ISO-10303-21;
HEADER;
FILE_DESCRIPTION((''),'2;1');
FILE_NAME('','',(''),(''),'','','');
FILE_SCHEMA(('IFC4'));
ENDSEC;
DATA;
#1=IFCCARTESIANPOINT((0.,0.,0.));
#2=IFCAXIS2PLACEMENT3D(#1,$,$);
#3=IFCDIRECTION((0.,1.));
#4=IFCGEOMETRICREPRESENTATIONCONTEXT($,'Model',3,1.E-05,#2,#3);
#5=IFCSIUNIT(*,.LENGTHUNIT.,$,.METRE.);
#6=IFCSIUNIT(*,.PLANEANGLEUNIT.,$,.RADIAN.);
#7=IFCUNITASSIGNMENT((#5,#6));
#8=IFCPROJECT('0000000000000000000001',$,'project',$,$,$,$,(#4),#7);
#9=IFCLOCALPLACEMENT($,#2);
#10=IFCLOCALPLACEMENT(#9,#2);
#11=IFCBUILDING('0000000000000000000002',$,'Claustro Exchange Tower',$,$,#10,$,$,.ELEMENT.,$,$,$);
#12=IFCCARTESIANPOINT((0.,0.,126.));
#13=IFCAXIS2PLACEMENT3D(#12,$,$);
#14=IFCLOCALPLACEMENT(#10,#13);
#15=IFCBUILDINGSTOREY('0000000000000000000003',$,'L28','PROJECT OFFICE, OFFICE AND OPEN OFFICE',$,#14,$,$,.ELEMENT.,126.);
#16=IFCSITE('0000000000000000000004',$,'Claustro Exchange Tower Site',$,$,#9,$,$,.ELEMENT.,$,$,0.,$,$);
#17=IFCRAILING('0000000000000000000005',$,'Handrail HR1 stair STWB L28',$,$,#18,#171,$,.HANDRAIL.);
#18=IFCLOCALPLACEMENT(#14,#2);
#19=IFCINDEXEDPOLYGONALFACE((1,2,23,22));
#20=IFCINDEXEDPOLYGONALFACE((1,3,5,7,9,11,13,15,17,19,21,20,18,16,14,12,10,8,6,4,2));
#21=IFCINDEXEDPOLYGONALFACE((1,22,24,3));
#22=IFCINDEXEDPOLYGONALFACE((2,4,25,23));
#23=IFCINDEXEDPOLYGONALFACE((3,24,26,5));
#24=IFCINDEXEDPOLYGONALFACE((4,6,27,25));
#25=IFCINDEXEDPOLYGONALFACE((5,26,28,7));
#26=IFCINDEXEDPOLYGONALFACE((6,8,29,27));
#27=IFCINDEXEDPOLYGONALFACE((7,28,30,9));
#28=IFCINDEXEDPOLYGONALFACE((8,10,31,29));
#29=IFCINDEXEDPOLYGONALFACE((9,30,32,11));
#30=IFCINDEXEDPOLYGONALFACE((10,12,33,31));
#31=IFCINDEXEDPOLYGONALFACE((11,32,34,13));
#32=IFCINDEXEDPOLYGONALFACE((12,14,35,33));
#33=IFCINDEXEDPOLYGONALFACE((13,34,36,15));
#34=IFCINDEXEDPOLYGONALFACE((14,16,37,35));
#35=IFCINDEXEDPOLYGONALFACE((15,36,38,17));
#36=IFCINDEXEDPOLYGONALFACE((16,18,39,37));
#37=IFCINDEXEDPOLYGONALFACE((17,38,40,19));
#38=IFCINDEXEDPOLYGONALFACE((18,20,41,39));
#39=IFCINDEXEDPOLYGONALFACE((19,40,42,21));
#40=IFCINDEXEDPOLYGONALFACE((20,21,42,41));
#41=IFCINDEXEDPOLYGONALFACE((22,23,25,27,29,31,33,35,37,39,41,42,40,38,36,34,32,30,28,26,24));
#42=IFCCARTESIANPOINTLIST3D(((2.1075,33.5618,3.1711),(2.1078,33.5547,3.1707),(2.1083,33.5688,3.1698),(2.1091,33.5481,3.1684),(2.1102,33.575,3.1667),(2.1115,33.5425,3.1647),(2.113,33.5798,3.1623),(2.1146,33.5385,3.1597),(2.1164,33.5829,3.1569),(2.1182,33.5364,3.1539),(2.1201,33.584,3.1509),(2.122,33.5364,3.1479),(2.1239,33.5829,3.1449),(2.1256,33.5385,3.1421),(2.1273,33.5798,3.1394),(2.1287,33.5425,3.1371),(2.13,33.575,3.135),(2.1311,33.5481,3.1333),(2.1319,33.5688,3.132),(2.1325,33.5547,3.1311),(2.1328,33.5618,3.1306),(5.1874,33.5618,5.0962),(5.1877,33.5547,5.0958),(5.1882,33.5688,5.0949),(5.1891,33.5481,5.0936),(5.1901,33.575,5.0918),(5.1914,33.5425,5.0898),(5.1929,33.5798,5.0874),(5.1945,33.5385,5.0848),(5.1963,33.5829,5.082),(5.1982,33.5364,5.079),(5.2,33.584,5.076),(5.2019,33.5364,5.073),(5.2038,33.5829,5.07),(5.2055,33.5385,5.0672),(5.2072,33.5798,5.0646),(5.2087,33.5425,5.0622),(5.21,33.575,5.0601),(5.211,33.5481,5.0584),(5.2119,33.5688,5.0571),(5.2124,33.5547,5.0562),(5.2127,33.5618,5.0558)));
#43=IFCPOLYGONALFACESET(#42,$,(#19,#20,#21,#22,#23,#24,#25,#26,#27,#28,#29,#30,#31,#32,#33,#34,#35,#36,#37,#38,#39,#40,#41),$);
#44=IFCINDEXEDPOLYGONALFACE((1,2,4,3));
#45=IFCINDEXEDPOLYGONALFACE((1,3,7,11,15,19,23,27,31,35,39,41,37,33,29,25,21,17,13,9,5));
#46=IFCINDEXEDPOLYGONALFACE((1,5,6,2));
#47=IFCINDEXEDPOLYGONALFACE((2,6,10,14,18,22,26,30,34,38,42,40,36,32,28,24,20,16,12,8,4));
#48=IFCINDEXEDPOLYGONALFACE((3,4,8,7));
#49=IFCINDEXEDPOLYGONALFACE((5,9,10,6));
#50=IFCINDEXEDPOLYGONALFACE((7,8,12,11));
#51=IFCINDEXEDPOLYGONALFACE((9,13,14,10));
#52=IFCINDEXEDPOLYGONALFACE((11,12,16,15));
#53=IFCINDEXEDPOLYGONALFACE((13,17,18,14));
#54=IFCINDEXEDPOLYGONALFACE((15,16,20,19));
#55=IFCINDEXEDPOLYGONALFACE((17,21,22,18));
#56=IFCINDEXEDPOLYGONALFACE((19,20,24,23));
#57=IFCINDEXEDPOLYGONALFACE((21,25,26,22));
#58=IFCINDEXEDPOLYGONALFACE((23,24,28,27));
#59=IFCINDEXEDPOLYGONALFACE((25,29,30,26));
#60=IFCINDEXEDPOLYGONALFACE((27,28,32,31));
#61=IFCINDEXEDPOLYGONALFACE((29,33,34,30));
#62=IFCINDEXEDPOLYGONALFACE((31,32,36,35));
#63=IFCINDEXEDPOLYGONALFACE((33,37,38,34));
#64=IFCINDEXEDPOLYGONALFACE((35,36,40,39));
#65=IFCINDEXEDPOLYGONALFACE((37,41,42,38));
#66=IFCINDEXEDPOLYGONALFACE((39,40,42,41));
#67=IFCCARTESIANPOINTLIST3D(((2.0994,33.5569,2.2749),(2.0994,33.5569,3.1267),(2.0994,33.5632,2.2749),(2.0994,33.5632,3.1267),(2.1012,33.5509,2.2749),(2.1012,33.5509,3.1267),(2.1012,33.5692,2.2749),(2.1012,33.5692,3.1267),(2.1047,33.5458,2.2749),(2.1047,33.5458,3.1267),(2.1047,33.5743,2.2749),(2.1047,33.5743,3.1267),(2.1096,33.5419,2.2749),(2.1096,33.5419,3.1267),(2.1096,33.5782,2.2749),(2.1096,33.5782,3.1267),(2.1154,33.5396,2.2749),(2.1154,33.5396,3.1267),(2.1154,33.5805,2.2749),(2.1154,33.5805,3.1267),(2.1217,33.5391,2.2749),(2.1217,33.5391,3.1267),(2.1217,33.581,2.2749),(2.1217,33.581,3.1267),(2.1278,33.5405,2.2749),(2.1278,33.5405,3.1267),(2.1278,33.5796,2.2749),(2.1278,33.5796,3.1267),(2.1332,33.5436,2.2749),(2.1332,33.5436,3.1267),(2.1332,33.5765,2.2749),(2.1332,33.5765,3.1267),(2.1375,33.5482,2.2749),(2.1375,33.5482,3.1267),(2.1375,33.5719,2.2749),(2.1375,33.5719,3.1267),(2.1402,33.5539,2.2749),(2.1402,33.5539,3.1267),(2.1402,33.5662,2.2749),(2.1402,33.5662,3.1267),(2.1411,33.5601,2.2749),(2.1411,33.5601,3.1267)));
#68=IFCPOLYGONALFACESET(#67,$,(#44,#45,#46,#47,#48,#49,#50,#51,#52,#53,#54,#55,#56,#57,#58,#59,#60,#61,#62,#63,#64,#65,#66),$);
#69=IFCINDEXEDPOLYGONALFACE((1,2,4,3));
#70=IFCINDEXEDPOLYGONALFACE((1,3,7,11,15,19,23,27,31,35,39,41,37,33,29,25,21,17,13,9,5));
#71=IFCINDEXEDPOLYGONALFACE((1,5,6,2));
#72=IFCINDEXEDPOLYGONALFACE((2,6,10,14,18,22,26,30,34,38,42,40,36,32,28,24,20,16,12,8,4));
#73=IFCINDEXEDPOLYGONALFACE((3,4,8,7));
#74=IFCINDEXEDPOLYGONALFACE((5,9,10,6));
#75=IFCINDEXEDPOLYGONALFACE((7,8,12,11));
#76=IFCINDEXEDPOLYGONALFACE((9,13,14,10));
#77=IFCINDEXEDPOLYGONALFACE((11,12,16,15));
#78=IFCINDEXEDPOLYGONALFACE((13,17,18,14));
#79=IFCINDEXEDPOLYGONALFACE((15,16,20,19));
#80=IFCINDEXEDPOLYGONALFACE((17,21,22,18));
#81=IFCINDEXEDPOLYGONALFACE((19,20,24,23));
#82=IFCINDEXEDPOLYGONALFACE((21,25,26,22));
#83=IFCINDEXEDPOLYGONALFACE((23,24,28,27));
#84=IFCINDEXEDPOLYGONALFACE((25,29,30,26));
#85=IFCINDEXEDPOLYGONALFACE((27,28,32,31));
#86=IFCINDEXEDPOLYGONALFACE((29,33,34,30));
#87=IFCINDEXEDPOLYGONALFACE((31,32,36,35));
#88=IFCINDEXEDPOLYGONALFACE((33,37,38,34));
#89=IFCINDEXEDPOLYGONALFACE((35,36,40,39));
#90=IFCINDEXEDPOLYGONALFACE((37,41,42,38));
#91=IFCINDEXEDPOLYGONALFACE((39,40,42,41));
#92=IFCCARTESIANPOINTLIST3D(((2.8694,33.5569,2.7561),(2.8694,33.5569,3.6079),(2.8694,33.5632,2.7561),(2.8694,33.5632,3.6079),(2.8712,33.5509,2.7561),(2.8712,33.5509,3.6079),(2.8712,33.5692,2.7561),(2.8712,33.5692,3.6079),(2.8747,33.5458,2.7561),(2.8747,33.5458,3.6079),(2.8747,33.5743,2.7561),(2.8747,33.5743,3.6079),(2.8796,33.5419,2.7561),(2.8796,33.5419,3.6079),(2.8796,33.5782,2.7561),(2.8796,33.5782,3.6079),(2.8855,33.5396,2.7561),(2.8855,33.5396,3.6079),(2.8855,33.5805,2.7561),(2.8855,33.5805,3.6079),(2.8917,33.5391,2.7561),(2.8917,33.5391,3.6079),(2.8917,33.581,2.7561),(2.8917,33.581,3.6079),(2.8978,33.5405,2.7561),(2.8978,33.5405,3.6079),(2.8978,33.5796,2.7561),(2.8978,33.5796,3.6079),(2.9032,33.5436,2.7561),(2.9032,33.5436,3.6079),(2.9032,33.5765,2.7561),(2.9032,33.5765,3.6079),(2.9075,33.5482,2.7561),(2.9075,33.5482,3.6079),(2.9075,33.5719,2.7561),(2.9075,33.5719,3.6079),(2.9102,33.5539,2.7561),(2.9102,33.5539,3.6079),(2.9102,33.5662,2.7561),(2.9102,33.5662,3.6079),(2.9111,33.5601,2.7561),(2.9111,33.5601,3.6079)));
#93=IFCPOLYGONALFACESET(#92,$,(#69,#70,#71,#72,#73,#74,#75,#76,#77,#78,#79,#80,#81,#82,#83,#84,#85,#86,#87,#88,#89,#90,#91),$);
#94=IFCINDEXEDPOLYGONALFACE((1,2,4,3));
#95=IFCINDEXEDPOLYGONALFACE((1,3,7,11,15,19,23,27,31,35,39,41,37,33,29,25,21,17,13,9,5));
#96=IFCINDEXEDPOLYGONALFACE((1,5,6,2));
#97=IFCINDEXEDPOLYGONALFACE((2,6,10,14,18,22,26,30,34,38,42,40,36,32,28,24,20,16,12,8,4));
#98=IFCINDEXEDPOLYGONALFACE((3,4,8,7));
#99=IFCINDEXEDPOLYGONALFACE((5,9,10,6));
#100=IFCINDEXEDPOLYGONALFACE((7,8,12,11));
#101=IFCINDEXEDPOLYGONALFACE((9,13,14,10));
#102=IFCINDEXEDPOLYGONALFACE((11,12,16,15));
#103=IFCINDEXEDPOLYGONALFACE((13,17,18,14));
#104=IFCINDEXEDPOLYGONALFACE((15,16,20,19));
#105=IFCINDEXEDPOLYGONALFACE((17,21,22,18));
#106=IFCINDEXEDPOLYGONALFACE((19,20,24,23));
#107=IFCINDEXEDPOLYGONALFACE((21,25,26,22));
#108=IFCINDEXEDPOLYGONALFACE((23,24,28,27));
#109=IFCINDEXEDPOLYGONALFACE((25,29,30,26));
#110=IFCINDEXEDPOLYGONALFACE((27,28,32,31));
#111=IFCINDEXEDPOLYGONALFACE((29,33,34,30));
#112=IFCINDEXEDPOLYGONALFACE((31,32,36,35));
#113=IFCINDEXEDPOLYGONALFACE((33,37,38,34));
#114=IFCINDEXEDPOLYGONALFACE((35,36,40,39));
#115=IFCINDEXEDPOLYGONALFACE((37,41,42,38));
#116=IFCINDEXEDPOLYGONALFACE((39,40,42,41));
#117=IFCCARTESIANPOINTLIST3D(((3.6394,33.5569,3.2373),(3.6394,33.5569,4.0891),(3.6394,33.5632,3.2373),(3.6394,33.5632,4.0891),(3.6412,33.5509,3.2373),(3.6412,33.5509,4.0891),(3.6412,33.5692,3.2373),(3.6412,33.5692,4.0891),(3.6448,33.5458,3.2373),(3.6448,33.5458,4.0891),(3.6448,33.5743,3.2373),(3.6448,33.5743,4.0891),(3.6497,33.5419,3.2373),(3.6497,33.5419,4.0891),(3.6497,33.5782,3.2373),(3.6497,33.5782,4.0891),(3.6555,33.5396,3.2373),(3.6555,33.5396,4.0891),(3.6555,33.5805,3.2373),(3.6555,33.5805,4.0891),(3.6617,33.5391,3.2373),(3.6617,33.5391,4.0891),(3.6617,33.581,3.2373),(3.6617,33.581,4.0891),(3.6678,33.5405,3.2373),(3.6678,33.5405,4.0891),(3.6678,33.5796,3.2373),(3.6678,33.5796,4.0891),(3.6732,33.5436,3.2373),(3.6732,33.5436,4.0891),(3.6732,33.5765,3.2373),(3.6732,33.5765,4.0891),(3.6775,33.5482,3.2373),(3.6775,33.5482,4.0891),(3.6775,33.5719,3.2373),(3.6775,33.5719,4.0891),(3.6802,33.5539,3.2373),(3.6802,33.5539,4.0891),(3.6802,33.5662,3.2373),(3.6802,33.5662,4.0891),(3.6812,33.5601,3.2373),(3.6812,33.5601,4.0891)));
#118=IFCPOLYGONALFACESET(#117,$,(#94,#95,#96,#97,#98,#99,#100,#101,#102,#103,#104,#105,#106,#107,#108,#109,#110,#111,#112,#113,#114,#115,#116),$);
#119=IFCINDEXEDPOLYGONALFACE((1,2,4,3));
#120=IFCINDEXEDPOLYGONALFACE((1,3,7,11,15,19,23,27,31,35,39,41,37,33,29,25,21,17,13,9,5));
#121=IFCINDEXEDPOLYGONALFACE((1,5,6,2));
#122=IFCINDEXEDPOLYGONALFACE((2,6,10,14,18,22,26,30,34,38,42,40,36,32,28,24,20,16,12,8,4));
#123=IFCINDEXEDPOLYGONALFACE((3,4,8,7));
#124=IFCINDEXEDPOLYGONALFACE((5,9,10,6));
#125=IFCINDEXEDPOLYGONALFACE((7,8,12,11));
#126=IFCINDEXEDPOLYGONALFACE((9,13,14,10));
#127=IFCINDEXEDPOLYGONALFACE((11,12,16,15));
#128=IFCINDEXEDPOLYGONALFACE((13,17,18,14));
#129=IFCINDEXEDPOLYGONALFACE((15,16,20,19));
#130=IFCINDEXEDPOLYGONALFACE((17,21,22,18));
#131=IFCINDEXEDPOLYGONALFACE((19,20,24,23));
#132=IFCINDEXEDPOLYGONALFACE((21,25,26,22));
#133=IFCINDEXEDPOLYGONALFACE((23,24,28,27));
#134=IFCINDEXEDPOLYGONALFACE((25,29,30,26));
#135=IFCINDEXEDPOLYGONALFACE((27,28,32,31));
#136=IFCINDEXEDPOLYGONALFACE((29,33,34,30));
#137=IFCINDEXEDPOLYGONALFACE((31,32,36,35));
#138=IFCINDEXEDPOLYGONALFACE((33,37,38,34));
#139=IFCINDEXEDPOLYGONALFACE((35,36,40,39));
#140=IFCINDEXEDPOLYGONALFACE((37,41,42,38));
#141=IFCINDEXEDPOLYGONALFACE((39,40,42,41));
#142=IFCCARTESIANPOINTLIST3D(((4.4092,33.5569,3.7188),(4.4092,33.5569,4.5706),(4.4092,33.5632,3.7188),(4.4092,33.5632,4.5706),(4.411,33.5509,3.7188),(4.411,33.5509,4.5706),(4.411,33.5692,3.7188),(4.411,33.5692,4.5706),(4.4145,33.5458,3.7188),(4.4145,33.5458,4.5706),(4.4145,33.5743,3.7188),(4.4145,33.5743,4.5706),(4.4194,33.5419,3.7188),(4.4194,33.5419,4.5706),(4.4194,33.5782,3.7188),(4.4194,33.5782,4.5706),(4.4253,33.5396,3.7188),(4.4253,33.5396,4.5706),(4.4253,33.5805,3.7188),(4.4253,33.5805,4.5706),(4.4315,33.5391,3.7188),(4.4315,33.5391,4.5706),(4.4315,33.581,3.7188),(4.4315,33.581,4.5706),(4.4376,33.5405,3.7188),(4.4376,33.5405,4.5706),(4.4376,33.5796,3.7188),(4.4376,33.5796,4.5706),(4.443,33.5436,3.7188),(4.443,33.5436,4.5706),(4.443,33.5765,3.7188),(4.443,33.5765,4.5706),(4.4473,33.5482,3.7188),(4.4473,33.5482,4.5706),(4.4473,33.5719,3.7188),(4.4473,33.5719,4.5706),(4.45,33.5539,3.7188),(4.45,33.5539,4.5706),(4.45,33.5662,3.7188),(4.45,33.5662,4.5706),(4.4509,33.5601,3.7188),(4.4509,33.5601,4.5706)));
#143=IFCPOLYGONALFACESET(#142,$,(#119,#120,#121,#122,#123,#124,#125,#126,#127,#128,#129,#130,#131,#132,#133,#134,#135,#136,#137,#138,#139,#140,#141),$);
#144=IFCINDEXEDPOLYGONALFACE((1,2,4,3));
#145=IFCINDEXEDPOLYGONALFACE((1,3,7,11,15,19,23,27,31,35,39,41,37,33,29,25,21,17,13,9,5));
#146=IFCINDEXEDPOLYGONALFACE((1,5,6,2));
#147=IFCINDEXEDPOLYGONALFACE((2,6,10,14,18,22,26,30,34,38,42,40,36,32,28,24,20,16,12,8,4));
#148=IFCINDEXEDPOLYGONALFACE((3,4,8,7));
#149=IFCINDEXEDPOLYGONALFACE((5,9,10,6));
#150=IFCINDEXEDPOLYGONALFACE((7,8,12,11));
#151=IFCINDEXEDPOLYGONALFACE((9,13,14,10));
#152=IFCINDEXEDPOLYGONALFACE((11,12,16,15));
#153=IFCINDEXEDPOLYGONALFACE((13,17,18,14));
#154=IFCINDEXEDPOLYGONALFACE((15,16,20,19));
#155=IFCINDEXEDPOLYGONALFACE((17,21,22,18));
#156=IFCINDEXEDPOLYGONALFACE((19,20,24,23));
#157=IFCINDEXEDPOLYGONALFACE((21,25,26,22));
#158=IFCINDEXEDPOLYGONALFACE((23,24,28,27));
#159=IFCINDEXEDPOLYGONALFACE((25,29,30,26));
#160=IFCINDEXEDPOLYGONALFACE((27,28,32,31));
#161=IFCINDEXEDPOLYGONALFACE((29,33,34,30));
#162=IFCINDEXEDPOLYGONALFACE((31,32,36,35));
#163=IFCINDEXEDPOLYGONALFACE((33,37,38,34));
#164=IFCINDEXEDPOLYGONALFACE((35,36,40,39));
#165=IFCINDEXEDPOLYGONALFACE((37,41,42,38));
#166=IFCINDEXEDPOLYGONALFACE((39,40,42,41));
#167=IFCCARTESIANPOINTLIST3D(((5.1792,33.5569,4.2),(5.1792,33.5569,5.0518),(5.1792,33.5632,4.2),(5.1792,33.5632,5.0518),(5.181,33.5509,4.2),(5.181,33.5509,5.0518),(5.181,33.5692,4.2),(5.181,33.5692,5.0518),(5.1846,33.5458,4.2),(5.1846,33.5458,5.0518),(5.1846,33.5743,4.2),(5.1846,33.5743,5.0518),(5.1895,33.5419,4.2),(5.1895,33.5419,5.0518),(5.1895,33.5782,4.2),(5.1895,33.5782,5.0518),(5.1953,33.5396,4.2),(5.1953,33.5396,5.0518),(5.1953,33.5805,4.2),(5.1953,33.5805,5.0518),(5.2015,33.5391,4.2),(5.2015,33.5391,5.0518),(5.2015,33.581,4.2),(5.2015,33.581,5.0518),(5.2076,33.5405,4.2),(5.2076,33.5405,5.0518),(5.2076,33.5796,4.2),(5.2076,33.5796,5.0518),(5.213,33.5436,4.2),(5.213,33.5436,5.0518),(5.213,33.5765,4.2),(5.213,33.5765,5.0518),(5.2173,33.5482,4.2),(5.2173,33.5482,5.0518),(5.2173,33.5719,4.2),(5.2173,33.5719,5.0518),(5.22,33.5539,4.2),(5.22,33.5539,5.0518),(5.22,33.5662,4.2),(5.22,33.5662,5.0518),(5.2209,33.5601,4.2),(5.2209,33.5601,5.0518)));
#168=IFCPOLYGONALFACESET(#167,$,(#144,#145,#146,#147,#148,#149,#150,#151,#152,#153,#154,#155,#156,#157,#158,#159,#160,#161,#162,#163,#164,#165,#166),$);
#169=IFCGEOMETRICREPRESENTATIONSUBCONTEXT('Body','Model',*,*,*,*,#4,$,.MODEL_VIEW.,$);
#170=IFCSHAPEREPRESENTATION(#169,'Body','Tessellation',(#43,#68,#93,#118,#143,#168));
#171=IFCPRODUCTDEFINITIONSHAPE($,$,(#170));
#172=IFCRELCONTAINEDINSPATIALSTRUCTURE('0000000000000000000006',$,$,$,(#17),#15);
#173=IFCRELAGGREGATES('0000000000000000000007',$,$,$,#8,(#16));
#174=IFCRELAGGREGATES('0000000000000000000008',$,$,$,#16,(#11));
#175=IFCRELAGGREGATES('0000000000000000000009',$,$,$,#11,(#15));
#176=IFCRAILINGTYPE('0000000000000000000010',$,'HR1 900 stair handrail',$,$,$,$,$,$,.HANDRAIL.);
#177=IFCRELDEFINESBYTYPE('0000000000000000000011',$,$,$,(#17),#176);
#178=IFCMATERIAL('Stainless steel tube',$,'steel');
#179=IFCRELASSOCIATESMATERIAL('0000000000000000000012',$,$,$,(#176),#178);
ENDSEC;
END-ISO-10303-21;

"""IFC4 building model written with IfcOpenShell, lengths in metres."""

from ifc_helpers import new_model, si_unit, direction, frame, origin, origin_2d, place, context, subcontext, project, spatial, circle, extrude, material, type_object, element, save


model = new_model("IFC4")

# Units and contexts
model_context = context("Model", 3, precision=1e-05, world=origin(), true_north=direction((0.0, 1.0)))
body_context = subcontext(model_context, "Body", "Model", "MODEL_VIEW")
ifc_project = project(units=[si_unit("LENGTHUNIT", "METRE"), si_unit("PLANEANGLEUNIT", "RADIAN")], contexts=[model_context])

# Site, building, storey
site_placement = place(None, origin())
site = spatial("IfcSite", under=ifc_project, at=site_placement, Name="Claustro Exchange Tower Site", CompositionType="ELEMENT", RefElevation=0.0)
building_placement = place(site_placement, origin())
building = spatial("IfcBuilding", under=site, at=building_placement, Name="Claustro Exchange Tower", CompositionType="ELEMENT")
storey_placement = place(building_placement, frame((0.0, 0.0, 126.0)))
storey = spatial("IfcBuildingStorey", under=building, at=storey_placement, Name="L28", Description="PROJECT OFFICE, OFFICE AND OPEN OFFICE", CompositionType="ELEMENT", Elevation=126.0)

# Railing
ifc_material_1 = material(Name="Stainless steel tube", Category="steel")
railing_type_1 = type_object("IfcRailingType", Name="HR1 900 stair handrail", PredefinedType="HANDRAIL", material=ifc_material_1)
railing_1_placement = place(storey_placement, frame((2.1201, 33.5601, 2.2749)))
element("IfcRailing", 1, at=railing_1_placement, inside=storey, type_object=railing_type_1, Name="Handrail HR1 stair STWB L28", PredefinedType="HANDRAIL", context=body_context, shape_type="SweptSolid", body=[
    extrude(circle(Radius=0.0239, at=origin_2d()), frame((0.0, 0.0, 0.876), z_axis=(0.847979, 0.0, 0.530029), x_axis=(0.0, 1.0, 0.0)), (0.0, 0.0, 1.0), 3.6321),
    extrude(circle(Radius=0.021, at=origin_2d()), origin(), (0.0, 0.0, 1.0), 0.8518),
    extrude(circle(Radius=0.021, at=origin_2d()), frame((0.77, 0.0, 0.4812)), (0.0, 0.0, 1.0), 0.8518),
    extrude(circle(Radius=0.021, at=origin_2d()), frame((1.54, 0.0, 0.9624)), (0.0, 0.0, 1.0), 0.8518),
    extrude(circle(Radius=0.021, at=origin_2d()), frame((2.3098, 0.0, 1.4438)), (0.0, 0.0, 1.0), 0.8518),
    extrude(circle(Radius=0.021, at=origin_2d()), frame((3.0798, 0.0, 1.925)), (0.0, 0.0, 1.0), 0.8518),
])

save(model, "model.ifc")
